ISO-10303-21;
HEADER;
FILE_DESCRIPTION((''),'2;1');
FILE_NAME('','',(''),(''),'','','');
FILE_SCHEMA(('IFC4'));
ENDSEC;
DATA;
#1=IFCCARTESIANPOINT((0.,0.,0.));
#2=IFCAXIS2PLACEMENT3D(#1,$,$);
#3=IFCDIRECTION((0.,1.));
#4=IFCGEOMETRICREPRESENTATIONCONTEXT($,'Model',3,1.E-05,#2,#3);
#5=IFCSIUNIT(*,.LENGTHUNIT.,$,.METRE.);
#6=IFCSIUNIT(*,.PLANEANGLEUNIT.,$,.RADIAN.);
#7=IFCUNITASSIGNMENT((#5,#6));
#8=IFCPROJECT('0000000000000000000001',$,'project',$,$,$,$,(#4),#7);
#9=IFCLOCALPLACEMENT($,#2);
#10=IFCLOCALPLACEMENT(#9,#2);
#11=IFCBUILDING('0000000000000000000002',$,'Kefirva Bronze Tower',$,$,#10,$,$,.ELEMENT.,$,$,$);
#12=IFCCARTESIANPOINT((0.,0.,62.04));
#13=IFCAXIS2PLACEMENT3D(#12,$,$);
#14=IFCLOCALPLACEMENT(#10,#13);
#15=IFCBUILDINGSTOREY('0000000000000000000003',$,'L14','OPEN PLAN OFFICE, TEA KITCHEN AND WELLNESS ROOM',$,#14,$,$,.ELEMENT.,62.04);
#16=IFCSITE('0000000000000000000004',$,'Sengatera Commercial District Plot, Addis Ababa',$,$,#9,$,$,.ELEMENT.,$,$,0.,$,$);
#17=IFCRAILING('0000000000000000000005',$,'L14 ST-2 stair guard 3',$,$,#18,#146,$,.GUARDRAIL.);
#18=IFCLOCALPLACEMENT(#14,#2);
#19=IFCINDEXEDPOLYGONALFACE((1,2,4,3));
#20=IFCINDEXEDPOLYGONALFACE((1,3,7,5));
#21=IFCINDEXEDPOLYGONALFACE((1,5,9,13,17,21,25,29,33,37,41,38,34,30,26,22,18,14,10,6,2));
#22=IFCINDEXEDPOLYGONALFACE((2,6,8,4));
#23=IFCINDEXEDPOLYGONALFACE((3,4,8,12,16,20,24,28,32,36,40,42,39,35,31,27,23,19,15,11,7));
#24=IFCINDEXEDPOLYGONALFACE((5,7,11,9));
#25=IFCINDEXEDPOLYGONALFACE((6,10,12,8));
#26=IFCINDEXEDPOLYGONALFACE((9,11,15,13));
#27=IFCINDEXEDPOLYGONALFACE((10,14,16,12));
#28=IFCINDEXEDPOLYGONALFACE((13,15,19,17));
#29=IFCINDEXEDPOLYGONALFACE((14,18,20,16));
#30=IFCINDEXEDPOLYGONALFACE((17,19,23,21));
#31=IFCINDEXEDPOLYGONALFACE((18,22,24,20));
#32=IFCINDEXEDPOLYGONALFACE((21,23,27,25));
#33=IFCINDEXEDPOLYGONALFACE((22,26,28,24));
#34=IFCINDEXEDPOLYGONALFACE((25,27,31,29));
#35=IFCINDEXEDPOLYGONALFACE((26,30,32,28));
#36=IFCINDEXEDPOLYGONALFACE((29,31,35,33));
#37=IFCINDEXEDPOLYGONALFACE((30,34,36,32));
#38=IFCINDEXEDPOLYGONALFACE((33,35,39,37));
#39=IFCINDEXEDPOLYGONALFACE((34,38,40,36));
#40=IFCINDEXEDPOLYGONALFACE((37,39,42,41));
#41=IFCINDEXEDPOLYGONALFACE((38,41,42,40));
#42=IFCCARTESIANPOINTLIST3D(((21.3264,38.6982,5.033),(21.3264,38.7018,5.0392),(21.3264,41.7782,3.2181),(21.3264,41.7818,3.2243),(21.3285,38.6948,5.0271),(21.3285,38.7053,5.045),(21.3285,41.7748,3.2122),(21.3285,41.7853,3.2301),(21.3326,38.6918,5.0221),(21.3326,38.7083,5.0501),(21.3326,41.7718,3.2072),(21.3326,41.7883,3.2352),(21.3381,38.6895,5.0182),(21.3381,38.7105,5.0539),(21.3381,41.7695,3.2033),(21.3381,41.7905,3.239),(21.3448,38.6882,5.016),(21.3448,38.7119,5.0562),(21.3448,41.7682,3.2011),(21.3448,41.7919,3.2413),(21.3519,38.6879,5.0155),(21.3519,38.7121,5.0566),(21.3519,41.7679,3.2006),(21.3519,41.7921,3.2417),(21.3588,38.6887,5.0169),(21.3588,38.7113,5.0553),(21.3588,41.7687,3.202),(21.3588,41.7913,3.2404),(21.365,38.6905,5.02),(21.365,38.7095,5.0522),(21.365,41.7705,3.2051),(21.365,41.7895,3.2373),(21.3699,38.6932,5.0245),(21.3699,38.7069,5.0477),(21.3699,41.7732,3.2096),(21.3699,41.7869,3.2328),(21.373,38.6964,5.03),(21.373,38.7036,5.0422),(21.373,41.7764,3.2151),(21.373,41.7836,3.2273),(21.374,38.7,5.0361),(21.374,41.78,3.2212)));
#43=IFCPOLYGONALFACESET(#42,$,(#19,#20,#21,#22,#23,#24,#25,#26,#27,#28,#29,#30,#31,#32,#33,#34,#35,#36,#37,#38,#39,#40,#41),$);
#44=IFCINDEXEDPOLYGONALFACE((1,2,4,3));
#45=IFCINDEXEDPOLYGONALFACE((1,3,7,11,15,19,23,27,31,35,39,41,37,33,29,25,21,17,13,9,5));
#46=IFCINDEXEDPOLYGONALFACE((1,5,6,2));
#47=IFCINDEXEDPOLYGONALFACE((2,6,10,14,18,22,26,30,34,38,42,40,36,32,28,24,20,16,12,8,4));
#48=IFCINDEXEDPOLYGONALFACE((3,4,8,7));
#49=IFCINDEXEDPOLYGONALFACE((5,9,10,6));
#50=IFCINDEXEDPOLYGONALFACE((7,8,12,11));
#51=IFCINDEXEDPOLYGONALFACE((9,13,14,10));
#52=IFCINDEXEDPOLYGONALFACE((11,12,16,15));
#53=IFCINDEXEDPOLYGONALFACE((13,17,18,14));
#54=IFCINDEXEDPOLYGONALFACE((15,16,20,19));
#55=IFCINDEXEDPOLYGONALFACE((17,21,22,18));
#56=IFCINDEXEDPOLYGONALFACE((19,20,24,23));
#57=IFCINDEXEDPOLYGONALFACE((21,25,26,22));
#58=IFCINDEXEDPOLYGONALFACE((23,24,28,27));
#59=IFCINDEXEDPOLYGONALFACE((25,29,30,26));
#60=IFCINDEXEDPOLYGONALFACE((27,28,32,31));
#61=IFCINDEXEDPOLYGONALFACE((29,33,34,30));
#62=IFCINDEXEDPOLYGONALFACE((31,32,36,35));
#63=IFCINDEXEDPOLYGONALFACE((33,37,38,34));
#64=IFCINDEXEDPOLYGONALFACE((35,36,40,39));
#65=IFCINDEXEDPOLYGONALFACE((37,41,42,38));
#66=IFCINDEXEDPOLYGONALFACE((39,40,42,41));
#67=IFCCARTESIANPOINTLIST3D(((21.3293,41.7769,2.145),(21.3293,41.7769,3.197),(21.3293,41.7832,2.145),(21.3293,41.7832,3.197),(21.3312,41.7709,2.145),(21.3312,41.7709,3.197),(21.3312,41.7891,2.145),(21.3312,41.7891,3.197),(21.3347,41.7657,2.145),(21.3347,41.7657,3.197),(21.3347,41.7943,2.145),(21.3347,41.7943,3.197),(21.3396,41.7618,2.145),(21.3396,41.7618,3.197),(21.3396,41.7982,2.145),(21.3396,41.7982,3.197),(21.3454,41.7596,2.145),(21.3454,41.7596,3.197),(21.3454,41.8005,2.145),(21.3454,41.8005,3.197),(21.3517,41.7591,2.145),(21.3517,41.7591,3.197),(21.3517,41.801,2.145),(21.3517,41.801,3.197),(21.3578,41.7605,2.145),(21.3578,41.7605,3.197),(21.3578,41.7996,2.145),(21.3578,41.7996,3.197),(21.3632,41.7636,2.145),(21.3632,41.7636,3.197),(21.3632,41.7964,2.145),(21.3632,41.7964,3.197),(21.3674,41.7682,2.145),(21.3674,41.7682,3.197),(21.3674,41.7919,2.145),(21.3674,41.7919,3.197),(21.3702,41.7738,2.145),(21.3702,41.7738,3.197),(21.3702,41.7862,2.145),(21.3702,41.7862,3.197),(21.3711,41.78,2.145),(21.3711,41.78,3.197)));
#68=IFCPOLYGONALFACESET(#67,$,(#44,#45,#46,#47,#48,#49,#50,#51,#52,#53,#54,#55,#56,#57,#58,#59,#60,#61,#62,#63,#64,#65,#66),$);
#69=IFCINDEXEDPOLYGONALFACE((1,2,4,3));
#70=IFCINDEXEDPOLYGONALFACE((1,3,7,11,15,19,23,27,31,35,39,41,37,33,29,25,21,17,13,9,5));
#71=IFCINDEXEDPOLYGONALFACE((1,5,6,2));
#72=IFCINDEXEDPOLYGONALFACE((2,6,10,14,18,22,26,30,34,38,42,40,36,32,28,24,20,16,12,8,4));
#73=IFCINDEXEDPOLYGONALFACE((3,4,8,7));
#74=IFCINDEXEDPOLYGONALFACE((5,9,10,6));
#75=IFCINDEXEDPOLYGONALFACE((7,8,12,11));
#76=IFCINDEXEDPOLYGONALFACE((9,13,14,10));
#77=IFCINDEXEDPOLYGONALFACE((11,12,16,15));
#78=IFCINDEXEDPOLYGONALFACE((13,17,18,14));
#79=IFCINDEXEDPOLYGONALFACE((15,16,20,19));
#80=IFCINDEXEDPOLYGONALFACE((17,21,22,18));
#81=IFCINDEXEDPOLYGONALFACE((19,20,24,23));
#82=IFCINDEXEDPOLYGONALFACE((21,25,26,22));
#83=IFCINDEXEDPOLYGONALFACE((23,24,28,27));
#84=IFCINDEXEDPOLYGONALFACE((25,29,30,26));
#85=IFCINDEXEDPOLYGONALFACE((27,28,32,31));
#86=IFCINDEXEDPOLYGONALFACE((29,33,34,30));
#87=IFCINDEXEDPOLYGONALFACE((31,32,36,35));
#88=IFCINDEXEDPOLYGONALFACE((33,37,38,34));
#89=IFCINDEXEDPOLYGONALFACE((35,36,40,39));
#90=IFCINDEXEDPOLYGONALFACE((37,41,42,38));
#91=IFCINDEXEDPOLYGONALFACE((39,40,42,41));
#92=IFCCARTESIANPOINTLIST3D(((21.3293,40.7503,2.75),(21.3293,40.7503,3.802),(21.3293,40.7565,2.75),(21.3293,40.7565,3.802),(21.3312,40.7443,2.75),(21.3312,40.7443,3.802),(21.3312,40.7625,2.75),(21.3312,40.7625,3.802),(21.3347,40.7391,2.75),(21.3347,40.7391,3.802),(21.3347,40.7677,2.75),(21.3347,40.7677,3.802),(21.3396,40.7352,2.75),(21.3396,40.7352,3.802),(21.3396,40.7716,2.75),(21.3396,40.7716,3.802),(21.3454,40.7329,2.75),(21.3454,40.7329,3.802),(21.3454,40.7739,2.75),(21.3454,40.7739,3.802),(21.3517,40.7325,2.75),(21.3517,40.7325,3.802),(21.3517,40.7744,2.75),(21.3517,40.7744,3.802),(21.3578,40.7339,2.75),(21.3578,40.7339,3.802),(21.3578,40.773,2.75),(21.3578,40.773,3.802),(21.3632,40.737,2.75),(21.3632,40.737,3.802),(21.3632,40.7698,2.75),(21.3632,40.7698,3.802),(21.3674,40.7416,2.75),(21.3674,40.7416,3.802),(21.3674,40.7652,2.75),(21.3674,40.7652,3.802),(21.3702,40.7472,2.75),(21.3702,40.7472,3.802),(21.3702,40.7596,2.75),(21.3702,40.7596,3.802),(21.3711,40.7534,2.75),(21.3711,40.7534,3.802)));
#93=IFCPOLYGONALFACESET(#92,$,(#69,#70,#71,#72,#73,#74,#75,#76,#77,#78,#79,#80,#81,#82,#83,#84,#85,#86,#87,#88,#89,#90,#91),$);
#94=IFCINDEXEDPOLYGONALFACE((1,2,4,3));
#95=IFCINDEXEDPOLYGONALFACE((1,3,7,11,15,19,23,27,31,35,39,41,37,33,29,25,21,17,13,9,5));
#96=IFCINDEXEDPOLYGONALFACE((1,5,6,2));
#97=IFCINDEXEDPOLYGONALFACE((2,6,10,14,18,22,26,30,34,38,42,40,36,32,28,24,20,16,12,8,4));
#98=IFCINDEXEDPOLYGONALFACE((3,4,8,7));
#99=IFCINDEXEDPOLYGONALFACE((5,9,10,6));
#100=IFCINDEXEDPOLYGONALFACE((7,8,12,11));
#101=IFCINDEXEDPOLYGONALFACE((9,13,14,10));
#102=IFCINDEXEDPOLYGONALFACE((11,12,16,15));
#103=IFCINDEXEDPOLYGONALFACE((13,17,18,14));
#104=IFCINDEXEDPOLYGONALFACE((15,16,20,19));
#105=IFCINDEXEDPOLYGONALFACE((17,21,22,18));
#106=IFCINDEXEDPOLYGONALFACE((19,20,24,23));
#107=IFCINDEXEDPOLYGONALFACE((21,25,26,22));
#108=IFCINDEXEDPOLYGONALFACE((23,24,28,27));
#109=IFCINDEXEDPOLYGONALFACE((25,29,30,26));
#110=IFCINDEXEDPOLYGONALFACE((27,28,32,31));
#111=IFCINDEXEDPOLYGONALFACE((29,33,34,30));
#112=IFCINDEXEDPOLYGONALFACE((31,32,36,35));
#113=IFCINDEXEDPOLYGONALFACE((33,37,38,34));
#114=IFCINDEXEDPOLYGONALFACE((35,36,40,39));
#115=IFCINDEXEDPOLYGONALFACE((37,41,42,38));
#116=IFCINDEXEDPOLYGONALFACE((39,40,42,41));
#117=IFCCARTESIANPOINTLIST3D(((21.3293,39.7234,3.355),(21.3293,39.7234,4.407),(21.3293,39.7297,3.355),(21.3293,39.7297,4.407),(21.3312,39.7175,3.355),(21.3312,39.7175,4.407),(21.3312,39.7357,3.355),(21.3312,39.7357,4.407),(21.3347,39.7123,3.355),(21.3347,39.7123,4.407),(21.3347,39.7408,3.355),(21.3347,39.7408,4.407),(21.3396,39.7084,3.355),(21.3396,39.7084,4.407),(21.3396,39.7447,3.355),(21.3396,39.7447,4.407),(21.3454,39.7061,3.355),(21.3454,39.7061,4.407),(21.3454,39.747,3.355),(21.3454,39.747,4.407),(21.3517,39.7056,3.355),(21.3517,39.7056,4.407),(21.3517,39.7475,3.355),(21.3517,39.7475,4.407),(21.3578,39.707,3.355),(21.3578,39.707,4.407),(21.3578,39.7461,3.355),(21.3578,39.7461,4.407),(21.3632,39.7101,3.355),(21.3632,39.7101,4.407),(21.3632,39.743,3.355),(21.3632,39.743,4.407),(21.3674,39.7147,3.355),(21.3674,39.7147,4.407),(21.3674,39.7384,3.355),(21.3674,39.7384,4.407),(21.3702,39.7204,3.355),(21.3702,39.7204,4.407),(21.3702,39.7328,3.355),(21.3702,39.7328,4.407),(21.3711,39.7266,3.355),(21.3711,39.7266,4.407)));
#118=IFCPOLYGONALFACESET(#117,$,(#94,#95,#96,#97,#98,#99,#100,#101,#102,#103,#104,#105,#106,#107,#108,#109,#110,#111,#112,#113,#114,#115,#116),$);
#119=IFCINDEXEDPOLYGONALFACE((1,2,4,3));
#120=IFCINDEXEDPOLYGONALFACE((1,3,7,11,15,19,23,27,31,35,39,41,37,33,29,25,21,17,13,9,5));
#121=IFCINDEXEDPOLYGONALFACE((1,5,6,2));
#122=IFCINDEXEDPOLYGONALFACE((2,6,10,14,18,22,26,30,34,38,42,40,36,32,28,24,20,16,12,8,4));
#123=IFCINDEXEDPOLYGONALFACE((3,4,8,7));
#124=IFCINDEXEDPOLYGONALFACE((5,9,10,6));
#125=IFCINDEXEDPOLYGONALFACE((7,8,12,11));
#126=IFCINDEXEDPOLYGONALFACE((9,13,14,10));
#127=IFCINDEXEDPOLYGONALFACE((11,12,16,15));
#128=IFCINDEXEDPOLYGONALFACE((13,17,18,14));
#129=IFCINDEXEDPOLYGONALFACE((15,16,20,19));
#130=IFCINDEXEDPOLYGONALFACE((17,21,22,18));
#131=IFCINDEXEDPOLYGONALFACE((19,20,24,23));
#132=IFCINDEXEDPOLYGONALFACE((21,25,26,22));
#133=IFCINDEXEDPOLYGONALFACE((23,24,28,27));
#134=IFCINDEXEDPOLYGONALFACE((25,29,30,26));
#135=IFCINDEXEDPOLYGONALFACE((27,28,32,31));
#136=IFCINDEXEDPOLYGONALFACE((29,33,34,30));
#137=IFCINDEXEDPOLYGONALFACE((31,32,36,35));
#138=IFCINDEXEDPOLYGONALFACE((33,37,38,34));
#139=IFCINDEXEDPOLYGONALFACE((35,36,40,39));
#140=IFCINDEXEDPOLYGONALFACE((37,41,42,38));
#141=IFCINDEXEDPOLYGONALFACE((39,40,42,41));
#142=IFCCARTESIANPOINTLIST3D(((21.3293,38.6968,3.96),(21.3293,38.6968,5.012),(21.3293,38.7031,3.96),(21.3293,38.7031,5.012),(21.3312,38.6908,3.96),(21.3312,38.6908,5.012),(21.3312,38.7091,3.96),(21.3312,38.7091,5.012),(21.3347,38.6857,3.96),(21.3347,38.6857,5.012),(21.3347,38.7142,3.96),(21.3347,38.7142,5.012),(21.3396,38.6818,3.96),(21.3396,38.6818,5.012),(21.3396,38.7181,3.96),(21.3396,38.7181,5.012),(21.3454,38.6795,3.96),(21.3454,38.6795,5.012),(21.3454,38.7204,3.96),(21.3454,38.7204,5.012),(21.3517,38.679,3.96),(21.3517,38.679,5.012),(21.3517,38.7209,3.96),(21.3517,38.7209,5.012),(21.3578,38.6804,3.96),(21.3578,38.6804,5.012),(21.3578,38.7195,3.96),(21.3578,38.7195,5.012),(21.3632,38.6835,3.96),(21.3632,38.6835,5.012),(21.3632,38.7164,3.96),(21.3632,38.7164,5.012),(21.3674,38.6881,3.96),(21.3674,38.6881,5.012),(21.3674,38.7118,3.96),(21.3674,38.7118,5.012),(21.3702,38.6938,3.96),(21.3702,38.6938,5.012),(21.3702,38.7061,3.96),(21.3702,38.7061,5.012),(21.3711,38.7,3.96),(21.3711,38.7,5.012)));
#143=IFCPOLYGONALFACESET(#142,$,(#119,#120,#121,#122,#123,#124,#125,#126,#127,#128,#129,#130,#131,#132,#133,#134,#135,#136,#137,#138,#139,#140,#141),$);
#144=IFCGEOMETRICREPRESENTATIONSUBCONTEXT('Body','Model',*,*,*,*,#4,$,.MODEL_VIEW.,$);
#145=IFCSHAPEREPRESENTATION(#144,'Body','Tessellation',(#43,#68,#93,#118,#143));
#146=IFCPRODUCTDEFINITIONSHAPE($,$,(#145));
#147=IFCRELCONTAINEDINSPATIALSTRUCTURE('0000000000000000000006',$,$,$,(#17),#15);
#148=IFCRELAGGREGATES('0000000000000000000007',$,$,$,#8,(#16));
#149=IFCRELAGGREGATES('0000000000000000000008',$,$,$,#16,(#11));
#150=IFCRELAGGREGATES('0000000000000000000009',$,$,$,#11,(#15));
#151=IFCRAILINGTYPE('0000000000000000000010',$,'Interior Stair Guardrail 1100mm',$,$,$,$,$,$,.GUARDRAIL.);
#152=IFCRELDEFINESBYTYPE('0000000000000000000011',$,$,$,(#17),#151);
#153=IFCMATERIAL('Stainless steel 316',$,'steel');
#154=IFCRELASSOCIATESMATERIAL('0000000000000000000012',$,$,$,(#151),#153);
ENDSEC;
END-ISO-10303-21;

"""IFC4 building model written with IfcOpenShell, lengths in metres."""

from ifc_helpers import new_model, si_unit, direction, frame, origin, origin_2d, place, context, subcontext, project, spatial, circle, extrude, material, type_object, element, save


model = new_model("IFC4")

# Units and contexts
model_context = context("Model", 3, precision=1e-05, world=origin(), true_north=direction((0.0, 1.0)))
body_context = subcontext(model_context, "Body", "Model", "MODEL_VIEW")
ifc_project = project(units=[si_unit("LENGTHUNIT", "METRE"), si_unit("PLANEANGLEUNIT", "RADIAN")], contexts=[model_context])

# Site, building, storey
site_placement = place(None, origin())
site = spatial("IfcSite", under=ifc_project, at=site_placement, Name="Sengatera Commercial District Plot, Addis Ababa", CompositionType="ELEMENT", RefElevation=0.0)
building_placement = place(site_placement, origin())
building = spatial("IfcBuilding", under=site, at=building_placement, Name="Kefirva Bronze Tower", CompositionType="ELEMENT")
storey_placement = place(building_placement, frame((0.0, 0.0, 62.04)))
storey = spatial("IfcBuildingStorey", under=building, at=storey_placement, Name="L14", Description="OPEN PLAN OFFICE, TEA KITCHEN AND WELLNESS ROOM", CompositionType="ELEMENT", Elevation=62.04)

# Railing
ifc_material_1 = material(Name="Stainless steel 316", Category="steel")
railing_type_1 = type_object("IfcRailingType", Name="Interior Stair Guardrail 1100mm", PredefinedType="GUARDRAIL", material=ifc_material_1)
railing_1_placement = place(storey_placement, frame((21.3501, 41.78, 2.145)))
element("IfcRailing", 1, at=railing_1_placement, inside=storey, type_object=railing_type_1, Name="L14 ST-2 stair guard 3", PredefinedType="GUARDRAIL", context=body_context, shape_type="SweptSolid", body=[
    extrude(circle(Radius=0.0239, at=origin_2d()), frame((0.0, 0.0, 1.0762), z_axis=(0.0, -0.861551, 0.507671), x_axis=(1.0, 0.0, 0.0)), (0.0, 0.0, 1.0), 3.575),
    extrude(circle(Radius=0.021, at=origin_2d()), origin(), (0.0, 0.0, 1.0), 1.052),
    extrude(circle(Radius=0.021, at=origin_2d()), frame((0.0, -1.0266, 0.605)), (0.0, 0.0, 1.0), 1.052),
    extrude(circle(Radius=0.021, at=origin_2d()), frame((0.0, -2.0535, 1.21)), (0.0, 0.0, 1.0), 1.052),
    extrude(circle(Radius=0.021, at=origin_2d()), frame((0.0, -3.0801, 1.8149)), (0.0, 0.0, 1.0), 1.052),
])

save(model, "model.ifc")
